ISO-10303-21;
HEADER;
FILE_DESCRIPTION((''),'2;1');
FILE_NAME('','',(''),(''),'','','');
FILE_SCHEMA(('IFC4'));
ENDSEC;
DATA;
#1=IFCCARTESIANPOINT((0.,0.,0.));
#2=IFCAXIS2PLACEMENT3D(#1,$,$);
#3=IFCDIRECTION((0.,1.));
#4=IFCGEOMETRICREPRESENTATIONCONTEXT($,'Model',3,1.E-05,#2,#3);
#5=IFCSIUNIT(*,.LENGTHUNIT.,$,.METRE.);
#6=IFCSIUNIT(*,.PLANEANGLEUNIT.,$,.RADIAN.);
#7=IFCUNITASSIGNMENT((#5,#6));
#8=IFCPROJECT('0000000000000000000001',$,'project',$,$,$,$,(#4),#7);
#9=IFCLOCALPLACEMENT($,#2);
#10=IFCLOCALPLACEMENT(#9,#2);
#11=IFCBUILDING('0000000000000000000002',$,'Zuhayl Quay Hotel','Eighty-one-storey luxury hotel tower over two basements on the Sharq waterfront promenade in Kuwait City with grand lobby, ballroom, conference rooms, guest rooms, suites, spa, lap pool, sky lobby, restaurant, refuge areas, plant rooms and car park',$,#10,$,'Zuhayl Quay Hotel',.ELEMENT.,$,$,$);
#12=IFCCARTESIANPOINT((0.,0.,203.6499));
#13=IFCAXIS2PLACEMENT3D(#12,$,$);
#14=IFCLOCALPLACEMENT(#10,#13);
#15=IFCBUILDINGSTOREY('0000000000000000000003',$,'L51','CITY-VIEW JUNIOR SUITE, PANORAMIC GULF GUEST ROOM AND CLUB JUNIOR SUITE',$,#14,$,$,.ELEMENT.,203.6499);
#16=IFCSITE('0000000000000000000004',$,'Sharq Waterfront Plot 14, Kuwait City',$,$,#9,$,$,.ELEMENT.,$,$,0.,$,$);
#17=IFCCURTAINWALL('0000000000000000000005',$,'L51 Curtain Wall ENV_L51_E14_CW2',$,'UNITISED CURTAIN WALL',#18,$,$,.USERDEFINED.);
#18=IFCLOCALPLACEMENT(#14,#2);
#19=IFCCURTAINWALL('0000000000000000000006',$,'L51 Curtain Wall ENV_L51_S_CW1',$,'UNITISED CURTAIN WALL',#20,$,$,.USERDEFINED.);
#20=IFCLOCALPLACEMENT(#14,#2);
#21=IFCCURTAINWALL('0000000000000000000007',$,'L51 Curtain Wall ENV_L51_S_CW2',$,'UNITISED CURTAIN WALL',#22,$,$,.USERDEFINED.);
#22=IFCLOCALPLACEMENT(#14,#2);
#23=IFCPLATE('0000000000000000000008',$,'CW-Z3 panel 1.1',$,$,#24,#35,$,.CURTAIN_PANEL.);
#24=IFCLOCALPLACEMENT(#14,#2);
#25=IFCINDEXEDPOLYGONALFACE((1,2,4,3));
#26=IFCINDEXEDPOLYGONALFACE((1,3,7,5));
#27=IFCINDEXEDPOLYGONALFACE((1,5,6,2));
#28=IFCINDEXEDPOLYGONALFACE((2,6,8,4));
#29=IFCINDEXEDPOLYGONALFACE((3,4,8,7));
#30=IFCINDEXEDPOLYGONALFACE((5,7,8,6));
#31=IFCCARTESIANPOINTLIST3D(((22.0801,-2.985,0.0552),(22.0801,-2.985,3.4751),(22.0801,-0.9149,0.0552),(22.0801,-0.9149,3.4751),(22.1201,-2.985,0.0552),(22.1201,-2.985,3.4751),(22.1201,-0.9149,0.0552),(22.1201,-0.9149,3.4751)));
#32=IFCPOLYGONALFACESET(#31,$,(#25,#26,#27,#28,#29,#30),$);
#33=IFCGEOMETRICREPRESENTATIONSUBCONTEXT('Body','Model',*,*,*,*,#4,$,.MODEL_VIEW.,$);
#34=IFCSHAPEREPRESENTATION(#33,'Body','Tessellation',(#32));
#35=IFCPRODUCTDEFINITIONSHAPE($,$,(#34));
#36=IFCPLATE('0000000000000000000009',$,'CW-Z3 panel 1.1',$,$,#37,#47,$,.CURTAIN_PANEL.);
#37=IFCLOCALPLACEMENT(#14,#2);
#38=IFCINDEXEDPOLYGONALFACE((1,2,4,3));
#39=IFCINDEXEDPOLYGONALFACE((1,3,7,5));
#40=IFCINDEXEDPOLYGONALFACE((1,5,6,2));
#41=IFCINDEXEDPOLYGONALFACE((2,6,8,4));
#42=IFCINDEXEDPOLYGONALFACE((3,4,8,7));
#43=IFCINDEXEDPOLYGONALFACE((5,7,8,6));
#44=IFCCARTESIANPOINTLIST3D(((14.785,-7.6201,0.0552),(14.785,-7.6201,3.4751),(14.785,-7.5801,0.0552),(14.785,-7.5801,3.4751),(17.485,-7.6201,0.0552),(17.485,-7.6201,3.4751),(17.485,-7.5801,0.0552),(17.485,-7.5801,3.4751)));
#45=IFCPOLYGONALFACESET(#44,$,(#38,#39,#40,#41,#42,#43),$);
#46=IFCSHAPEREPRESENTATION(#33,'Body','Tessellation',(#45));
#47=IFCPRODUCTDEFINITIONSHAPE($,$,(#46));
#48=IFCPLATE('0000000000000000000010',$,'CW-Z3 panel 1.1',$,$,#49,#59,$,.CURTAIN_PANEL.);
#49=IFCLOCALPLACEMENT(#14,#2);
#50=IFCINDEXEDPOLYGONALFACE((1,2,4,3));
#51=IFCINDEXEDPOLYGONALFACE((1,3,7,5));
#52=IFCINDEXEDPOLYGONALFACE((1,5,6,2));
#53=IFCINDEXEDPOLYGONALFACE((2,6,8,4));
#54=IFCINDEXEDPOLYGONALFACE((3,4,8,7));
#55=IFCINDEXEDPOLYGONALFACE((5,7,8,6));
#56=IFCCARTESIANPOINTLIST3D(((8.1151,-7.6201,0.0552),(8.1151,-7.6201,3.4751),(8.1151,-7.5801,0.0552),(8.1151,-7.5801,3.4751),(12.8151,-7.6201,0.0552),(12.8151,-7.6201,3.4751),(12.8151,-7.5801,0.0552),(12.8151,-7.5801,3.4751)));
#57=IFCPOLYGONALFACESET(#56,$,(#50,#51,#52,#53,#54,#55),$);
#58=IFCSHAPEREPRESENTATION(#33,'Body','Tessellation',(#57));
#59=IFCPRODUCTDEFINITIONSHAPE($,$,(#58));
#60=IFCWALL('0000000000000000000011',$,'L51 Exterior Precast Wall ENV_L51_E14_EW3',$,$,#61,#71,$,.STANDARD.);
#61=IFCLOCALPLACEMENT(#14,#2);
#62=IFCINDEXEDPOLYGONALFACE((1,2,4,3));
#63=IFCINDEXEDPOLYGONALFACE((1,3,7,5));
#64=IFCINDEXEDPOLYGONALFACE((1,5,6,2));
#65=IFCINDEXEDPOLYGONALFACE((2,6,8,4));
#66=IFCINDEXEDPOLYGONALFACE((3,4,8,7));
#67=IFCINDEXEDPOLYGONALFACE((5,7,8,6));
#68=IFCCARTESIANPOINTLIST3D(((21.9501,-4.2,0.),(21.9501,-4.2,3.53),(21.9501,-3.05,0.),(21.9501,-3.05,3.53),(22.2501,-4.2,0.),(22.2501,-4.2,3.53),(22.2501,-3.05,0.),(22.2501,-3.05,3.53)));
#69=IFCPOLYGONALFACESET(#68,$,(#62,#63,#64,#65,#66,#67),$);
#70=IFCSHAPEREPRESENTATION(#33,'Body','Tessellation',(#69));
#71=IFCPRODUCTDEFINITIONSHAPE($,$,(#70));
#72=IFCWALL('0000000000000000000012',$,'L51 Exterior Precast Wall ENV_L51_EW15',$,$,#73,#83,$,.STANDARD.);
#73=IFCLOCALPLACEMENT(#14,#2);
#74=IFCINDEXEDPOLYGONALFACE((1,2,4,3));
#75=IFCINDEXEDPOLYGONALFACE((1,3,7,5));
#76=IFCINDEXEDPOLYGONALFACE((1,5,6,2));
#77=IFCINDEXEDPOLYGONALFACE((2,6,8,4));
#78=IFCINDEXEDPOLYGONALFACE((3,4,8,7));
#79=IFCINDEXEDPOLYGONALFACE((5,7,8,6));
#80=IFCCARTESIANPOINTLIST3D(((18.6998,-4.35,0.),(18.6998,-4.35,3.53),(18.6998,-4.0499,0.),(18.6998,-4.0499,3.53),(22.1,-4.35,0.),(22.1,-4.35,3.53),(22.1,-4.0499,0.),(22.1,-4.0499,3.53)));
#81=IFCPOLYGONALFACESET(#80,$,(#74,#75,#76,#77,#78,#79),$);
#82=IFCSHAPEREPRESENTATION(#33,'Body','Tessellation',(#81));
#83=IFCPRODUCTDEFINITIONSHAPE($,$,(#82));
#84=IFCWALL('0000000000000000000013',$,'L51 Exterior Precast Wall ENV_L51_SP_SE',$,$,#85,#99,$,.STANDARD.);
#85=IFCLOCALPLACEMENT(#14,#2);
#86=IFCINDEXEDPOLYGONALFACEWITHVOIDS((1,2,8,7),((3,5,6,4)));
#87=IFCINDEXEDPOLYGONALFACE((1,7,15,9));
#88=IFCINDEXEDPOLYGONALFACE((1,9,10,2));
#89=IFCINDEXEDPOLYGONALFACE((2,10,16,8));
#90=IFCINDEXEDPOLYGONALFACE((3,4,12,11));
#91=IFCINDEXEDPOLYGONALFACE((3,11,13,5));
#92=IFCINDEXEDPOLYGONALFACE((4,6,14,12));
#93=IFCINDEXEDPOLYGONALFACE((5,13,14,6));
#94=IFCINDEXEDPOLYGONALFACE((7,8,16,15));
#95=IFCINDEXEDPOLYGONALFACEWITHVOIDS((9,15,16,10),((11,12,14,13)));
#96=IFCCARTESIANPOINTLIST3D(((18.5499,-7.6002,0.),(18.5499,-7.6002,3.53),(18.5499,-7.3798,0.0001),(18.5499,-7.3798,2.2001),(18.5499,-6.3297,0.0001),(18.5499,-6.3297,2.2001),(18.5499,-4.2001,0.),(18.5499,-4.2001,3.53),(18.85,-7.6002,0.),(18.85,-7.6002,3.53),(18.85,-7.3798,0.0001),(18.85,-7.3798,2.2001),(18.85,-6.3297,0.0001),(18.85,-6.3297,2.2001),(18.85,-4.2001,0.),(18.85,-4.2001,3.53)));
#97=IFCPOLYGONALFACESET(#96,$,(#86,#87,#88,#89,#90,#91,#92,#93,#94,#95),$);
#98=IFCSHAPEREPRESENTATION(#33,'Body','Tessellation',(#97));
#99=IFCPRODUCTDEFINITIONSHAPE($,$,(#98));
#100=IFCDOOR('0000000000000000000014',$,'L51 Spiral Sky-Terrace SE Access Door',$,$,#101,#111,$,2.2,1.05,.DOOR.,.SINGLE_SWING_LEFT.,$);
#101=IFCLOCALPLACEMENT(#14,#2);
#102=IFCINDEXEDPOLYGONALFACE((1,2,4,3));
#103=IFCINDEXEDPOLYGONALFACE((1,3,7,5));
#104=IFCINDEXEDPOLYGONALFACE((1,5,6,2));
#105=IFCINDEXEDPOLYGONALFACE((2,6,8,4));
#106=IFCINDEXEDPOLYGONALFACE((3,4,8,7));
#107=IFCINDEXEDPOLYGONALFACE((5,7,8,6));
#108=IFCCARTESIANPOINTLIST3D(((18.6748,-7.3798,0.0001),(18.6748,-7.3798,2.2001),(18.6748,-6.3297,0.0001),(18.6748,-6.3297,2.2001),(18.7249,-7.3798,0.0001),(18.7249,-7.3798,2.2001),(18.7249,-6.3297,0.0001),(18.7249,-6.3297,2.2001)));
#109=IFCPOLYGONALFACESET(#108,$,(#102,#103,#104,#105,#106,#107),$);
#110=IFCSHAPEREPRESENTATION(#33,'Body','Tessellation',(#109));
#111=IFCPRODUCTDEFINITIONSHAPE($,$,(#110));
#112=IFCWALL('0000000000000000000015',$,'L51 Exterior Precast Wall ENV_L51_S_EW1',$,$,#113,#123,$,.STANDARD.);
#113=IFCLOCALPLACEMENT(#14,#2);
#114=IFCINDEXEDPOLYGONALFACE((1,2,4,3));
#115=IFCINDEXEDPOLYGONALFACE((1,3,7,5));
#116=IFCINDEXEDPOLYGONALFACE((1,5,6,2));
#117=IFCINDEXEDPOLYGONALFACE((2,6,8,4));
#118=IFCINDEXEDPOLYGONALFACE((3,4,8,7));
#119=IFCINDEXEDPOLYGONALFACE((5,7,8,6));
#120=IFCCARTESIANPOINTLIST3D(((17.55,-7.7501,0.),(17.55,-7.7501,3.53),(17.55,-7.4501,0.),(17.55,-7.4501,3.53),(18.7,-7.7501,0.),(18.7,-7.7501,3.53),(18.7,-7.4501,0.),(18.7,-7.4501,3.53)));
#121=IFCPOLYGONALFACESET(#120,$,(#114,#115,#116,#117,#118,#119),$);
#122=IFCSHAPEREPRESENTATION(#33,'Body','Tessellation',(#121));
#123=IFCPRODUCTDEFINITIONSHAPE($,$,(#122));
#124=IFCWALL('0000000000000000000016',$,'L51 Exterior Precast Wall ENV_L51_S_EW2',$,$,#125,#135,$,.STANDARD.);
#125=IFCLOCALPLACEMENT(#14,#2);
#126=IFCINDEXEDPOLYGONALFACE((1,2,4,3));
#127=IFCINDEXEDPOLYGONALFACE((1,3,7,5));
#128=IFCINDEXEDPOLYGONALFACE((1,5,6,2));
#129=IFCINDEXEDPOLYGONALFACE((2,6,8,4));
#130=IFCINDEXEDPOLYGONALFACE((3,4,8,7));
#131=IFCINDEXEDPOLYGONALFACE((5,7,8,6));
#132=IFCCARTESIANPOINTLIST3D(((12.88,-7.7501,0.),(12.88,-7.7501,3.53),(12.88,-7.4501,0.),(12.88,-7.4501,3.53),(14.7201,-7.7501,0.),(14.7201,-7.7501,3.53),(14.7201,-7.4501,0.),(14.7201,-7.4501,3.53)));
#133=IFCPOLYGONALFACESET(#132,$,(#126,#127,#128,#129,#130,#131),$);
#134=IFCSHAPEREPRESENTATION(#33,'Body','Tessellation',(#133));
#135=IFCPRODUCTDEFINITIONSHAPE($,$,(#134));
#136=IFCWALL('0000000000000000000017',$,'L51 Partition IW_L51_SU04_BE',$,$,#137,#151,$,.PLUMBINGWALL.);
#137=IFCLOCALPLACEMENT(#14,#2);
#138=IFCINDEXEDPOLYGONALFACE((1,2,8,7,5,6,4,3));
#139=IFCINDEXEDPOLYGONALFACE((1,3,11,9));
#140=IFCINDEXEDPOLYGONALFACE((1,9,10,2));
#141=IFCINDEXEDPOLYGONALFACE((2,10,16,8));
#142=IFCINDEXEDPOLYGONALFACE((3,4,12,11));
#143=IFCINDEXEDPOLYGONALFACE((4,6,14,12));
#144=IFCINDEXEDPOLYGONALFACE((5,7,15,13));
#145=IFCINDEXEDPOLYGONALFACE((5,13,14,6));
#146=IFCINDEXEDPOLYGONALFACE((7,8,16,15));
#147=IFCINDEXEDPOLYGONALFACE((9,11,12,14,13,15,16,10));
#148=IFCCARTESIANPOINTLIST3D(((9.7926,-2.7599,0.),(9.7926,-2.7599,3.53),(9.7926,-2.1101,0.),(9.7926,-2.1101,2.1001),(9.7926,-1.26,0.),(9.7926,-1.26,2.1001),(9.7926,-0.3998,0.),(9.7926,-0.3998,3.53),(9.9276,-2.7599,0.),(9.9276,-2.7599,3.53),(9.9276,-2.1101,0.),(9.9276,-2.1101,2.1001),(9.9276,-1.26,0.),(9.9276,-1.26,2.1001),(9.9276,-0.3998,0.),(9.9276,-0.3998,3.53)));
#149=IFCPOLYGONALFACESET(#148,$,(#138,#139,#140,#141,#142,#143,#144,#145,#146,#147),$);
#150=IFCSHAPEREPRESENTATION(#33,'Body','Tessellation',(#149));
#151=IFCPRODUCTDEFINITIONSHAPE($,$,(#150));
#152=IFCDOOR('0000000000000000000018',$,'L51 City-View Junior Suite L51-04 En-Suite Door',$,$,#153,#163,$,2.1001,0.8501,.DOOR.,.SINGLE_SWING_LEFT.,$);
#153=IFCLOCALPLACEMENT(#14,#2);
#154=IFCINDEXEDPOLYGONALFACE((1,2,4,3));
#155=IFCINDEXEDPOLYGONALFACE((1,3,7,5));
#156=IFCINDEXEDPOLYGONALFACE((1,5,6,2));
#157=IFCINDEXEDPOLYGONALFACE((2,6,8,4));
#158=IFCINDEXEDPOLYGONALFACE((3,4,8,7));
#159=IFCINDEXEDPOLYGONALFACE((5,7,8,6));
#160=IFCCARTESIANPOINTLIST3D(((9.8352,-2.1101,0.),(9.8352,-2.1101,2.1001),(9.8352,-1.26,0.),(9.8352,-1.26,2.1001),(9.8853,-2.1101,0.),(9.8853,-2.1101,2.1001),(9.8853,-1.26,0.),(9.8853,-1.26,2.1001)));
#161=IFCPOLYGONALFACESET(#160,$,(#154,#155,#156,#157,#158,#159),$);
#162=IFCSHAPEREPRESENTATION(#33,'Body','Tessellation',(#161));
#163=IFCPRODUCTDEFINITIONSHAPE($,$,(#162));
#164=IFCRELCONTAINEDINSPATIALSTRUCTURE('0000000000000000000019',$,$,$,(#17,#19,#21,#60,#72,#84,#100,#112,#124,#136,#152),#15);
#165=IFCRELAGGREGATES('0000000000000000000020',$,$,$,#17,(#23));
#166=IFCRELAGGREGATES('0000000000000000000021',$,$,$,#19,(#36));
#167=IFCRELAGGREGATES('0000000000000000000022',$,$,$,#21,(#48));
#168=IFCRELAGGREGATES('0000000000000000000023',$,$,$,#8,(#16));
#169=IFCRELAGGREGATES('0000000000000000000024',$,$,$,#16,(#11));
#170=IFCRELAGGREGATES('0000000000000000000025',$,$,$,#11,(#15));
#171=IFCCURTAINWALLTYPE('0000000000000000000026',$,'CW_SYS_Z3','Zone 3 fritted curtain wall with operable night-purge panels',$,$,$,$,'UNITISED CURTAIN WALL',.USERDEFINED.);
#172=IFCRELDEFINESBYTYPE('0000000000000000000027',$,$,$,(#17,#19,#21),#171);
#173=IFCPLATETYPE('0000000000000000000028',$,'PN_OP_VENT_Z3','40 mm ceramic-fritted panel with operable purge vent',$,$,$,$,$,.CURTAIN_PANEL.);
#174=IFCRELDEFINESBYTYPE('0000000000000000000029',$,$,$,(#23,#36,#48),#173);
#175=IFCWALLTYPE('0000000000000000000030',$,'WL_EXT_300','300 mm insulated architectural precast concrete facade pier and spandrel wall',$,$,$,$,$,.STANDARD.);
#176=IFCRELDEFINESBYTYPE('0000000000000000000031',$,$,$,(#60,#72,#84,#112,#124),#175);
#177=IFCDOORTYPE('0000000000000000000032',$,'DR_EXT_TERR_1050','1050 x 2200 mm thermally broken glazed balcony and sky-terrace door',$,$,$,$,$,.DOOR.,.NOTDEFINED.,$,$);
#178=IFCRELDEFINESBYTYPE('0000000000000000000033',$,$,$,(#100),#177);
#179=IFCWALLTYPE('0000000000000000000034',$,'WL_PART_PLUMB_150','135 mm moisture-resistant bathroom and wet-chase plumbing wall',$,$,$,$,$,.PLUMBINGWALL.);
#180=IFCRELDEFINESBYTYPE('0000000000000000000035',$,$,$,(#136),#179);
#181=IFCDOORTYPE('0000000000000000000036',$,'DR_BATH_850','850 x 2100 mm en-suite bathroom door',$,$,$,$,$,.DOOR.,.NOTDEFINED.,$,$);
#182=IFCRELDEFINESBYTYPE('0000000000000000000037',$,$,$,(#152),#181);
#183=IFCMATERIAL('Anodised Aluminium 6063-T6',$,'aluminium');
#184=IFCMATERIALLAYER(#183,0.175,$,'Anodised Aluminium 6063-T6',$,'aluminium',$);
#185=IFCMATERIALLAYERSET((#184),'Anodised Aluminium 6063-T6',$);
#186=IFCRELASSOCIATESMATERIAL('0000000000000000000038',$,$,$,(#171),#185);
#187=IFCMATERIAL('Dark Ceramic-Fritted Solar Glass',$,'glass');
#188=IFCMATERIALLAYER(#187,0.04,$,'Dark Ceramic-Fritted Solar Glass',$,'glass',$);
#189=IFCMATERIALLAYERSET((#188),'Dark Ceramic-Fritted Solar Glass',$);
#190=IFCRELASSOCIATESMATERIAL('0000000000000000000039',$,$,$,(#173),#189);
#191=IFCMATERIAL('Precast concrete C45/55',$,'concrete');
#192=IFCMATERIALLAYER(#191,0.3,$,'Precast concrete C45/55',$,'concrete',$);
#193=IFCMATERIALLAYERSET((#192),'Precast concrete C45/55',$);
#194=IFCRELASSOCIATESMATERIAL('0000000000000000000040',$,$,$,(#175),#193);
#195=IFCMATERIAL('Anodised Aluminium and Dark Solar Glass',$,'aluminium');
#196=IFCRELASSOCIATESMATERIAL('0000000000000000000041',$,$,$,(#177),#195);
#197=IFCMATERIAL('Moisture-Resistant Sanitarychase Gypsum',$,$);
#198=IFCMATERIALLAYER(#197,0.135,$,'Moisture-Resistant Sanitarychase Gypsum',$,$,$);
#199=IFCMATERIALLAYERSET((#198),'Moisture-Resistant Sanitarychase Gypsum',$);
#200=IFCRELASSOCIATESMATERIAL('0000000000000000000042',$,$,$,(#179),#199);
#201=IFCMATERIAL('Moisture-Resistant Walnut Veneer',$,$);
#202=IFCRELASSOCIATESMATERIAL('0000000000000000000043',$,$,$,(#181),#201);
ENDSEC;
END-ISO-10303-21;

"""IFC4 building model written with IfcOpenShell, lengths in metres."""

from ifc_helpers import new_model, si_unit, direction, frame, frame_2d, origin, origin_2d, place, context, subcontext, project, spatial, rectangle, extrude, material, layer, layer_set, type_object, element, fill, aggregate, save


model = new_model("IFC4")

# Units and contexts
model_context = context("Model", 3, precision=1e-05, world=origin(), true_north=direction((0.0, 1.0)))
body_context = subcontext(model_context, "Body", "Model", "MODEL_VIEW")
ifc_project = project(units=[si_unit("LENGTHUNIT", "METRE"), si_unit("PLANEANGLEUNIT", "RADIAN")], contexts=[model_context])

# Site, building, storey
site_placement = place(None, origin())
site = spatial("IfcSite", under=ifc_project, at=site_placement, Name="Sharq Waterfront Plot 14, Kuwait City", CompositionType="ELEMENT", RefElevation=0.0)
building_placement = place(site_placement, origin())
building = spatial("IfcBuilding", under=site, at=building_placement, Name="Zuhayl Quay Hotel", Description="Eighty-one-storey luxury hotel tower over two basements on the Sharq waterfront promenade in Kuwait City with grand lobby, ballroom, conference rooms, guest rooms, suites, spa, lap pool, sky lobby, restaurant, refuge areas, plant rooms and car park", LongName="Zuhayl Quay Hotel", CompositionType="ELEMENT")
storey_placement = place(building_placement, frame((0.0, 0.0, 203.6499)))
storey = spatial("IfcBuildingStorey", under=building, at=storey_placement, Name="L51", Description="CITY-VIEW JUNIOR SUITE, PANORAMIC GULF GUEST ROOM AND CLUB JUNIOR SUITE", CompositionType="ELEMENT", Elevation=203.6499)

# Curtain wall
ifc_material_1 = material(Name="Anodised Aluminium 6063-T6", Category="aluminium")
ifc_layer_1 = layer(ifc_material_1, 0.175, Name="Anodised Aluminium 6063-T6", Category="aluminium")
ifc_layer_set_1 = layer_set([ifc_layer_1], Name="Anodised Aluminium 6063-T6")
curtain_wall_type = type_object("IfcCurtainWallType", Name="CW_SYS_Z3", Description="Zone 3 fritted curtain wall with operable night-purge panels", ElementType="UNITISED CURTAIN WALL", PredefinedType="USERDEFINED", material=ifc_layer_set_1)
curtain_wall_1_placement = place(storey_placement, origin())
curtain_wall_1 = element("IfcCurtainWall", 1, at=curtain_wall_1_placement, inside=storey, type_object=curtain_wall_type, Name="L51 Curtain Wall ENV_L51_E14_CW2", ObjectType="UNITISED CURTAIN WALL", PredefinedType="USERDEFINED")

# Curtain wall
curtain_wall_2_placement = place(storey_placement, origin())
curtain_wall_2 = element("IfcCurtainWall", 2, at=curtain_wall_2_placement, inside=storey, type_object=curtain_wall_type, Name="L51 Curtain Wall ENV_L51_S_CW1", ObjectType="UNITISED CURTAIN WALL", PredefinedType="USERDEFINED")

# Curtain wall
curtain_wall_3_placement = place(storey_placement, origin())
curtain_wall_3 = element("IfcCurtainWall", 3, at=curtain_wall_3_placement, inside=storey, type_object=curtain_wall_type, Name="L51 Curtain Wall ENV_L51_S_CW2", ObjectType="UNITISED CURTAIN WALL", PredefinedType="USERDEFINED")

# Plates
ifc_material_2 = material(Name="Dark Ceramic-Fritted Solar Glass", Category="glass")
ifc_layer_2 = layer(ifc_material_2, 0.04, Name="Dark Ceramic-Fritted Solar Glass", Category="glass")
ifc_layer_set_2 = layer_set([ifc_layer_2], Name="Dark Ceramic-Fritted Solar Glass")
plate_type = type_object("IfcPlateType", Name="PN_OP_VENT_Z3", Description="40 mm ceramic-fritted panel with operable purge vent", PredefinedType="CURTAIN_PANEL", material=ifc_layer_set_2)
plate_1_placement = place(storey_placement, frame((22.1001, -1.95, 0.0552), z_axis=(0.0, 0.0, 1.0), x_axis=(0.0, -1.0, 0.0)))
plate_1 = element("IfcPlate", 4, at=plate_1_placement, type_object=plate_type, Name="CW-Z3 panel 1.1", PredefinedType="CURTAIN_PANEL", context=body_context, shape_type="SweptSolid", body=[
    extrude(rectangle(XDim=2.0701, YDim=0.04, at=origin_2d()), origin(), (0.0, 0.0, 1.0), 3.4199),
])
aggregate(curtain_wall_1, [plate_1])
plate_2_placement = place(storey_placement, frame((16.135, -7.6001, 0.0552), z_axis=(0.0, 0.0, 1.0), x_axis=(-1.0, 0.0, 0.0)))
plate_2 = element("IfcPlate", 5, at=plate_2_placement, type_object=plate_type, Name="CW-Z3 panel 1.1", PredefinedType="CURTAIN_PANEL", context=body_context, shape_type="SweptSolid", body=[
    extrude(rectangle(XDim=2.7, YDim=0.04, at=origin_2d()), origin(), (0.0, 0.0, 1.0), 3.4199),
])
aggregate(curtain_wall_2, [plate_2])
plate_3_placement = place(storey_placement, frame((10.4651, -7.6001, 0.0552), z_axis=(0.0, 0.0, 1.0), x_axis=(-1.0, 0.0, 0.0)))
plate_3 = element("IfcPlate", 6, at=plate_3_placement, type_object=plate_type, Name="CW-Z3 panel 1.1", PredefinedType="CURTAIN_PANEL", context=body_context, shape_type="SweptSolid", body=[
    extrude(rectangle(XDim=4.7, YDim=0.04, at=origin_2d()), origin(), (0.0, 0.0, 1.0), 3.4199),
])
aggregate(curtain_wall_3, [plate_3])

# Walls
ifc_material_3 = material(Name="Precast concrete C45/55", Category="concrete")
ifc_layer_3 = layer(ifc_material_3, 0.3, Name="Precast concrete C45/55", Category="concrete")
ifc_layer_set_3 = layer_set([ifc_layer_3], Name="Precast concrete C45/55")
wall_type_1 = type_object("IfcWallType", Name="WL_EXT_300", Description="300 mm insulated architectural precast concrete facade pier and spandrel wall", PredefinedType="STANDARD", material=ifc_layer_set_3)
wall_1_placement = place(storey_placement, frame((22.1001, -3.05, 0.0), z_axis=(0.0, 0.0, 1.0), x_axis=(0.0, -1.0, 0.0)))
element("IfcWall", 7, at=wall_1_placement, inside=storey, type_object=wall_type_1, Name="L51 Exterior Precast Wall ENV_L51_E14_EW3", PredefinedType="STANDARD", context=body_context, shape_type="SweptSolid", body=[
    extrude(rectangle(XDim=1.1499, YDim=0.3, at=frame_2d((0.575, 0.0))), origin(), (0.0, 0.0, 1.0), 3.53),
])
wall_2_placement = place(storey_placement, frame((22.1001, -4.2, 0.0), z_axis=(0.0, 0.0, 1.0), x_axis=(-1.0, 0.0, 0.0)))
element("IfcWall", 8, at=wall_2_placement, inside=storey, type_object=wall_type_1, Name="L51 Exterior Precast Wall ENV_L51_EW15", PredefinedType="STANDARD", context=body_context, shape_type="SweptSolid", body=[
    extrude(rectangle(XDim=3.4001, YDim=0.3, at=frame_2d((1.7002, 0.0))), origin(), (0.0, 0.0, 1.0), 3.53),
])

# Wall, opening, door
wall_3_placement = place(storey_placement, frame((18.7, -4.2, 0.0), z_axis=(0.0, 0.0, 1.0), x_axis=(0.0, -1.0, 0.0)))
wall_3 = element("IfcWall", 9, at=wall_3_placement, inside=storey, type_object=wall_type_1, Name="L51 Exterior Precast Wall ENV_L51_SP_SE", PredefinedType="STANDARD", context=body_context, shape_type="SweptSolid", body=[
    extrude(rectangle(XDim=3.4001, YDim=0.3, at=frame_2d((1.7002, 0.0))), origin(), (0.0, 0.0, 1.0), 3.53),
])
opening_1_placement = place(wall_3_placement, frame((2.1299, 0.0, 0.0)))
opening_1 = element("IfcOpeningElement", 10, at=opening_1_placement, cuts=wall_3, PredefinedType="OPENING", context=body_context, shape_type="SweptSolid", body=[
    extrude(rectangle(XDim=1.05, YDim=2.2, at=frame_2d((0.5249, 1.1001))), frame((0.0, 0.1599, 0.0), z_axis=(0.0, -1.0, 0.0), x_axis=(1.0, 0.0, 0.0)), (0.0, 0.0, 1.0), 0.3201),
])
ifc_material_4 = material(Name="Anodised Aluminium and Dark Solar Glass", Category="aluminium")
door_type_1 = type_object("IfcDoorType", Name="DR_EXT_TERR_1050", Description="1050 x 2200 mm thermally broken glazed balcony and sky-terrace door", OperationType="NOTDEFINED", PredefinedType="DOOR", material=ifc_material_4)
door_1_placement = place(opening_1_placement, origin())
door_1 = element("IfcDoor", 11, at=door_1_placement, inside=storey, type_object=door_type_1, Name="L51 Spiral Sky-Terrace SE Access Door", OperationType="SINGLE_SWING_LEFT", OverallHeight=2.2, OverallWidth=1.05, PredefinedType="DOOR", context=body_context, shape_type="SweptSolid", body=[
    extrude(rectangle(XDim=1.05, YDim=2.2, at=frame_2d((0.5249, 1.1001))), frame((0.0, 0.0249, 0.0), z_axis=(0.0, -1.0, 0.0), x_axis=(1.0, 0.0, 0.0)), (0.0, 0.0, 1.0), 0.05),
])
fill(opening_1, door_1)

# Walls
wall_4_placement = place(storey_placement, frame((18.7, -7.6001, 0.0), z_axis=(0.0, 0.0, 1.0), x_axis=(-1.0, 0.0, 0.0)))
element("IfcWall", 12, at=wall_4_placement, inside=storey, type_object=wall_type_1, Name="L51 Exterior Precast Wall ENV_L51_S_EW1", PredefinedType="STANDARD", context=body_context, shape_type="SweptSolid", body=[
    extrude(rectangle(XDim=1.1499, YDim=0.3, at=frame_2d((0.575, 0.0))), origin(), (0.0, 0.0, 1.0), 3.53),
])
wall_5_placement = place(storey_placement, frame((14.72, -7.6001, 0.0), z_axis=(0.0, 0.0, 1.0), x_axis=(-1.0, 0.0, 0.0)))
element("IfcWall", 13, at=wall_5_placement, inside=storey, type_object=wall_type_1, Name="L51 Exterior Precast Wall ENV_L51_S_EW2", PredefinedType="STANDARD", context=body_context, shape_type="SweptSolid", body=[
    extrude(rectangle(XDim=1.8401, YDim=0.3, at=frame_2d((0.9199, 0.0))), origin(), (0.0, 0.0, 1.0), 3.53),
])

# Wall, opening, door
ifc_material_5 = material(Name="Moisture-Resistant Sanitarychase Gypsum")
ifc_layer_4 = layer(ifc_material_5, 0.135, Name="Moisture-Resistant Sanitarychase Gypsum")
ifc_layer_set_4 = layer_set([ifc_layer_4], Name="Moisture-Resistant Sanitarychase Gypsum")
wall_type_2 = type_object("IfcWallType", Name="WL_PART_PLUMB_150", Description="135 mm moisture-resistant bathroom and wet-chase plumbing wall", PredefinedType="PLUMBINGWALL", material=ifc_layer_set_4)
wall_6_placement = place(storey_placement, frame((9.8601, -2.76, 0.0), z_axis=(0.0, 0.0, 1.0), x_axis=(0.0, 1.0, 0.0)))
wall_6 = element("IfcWall", 14, at=wall_6_placement, inside=storey, type_object=wall_type_2, Name="L51 Partition IW_L51_SU04_BE", PredefinedType="PLUMBINGWALL", context=body_context, shape_type="SweptSolid", body=[
    extrude(rectangle(XDim=2.3601, YDim=0.135, at=frame_2d((1.1802, 0.0))), origin(), (0.0, 0.0, 1.0), 3.53),
])
opening_2_placement = place(wall_6_placement, frame((0.6499, 0.0, 0.0)))
opening_2 = element("IfcOpeningElement", 15, at=opening_2_placement, cuts=wall_6, PredefinedType="OPENING", context=body_context, shape_type="SweptSolid", body=[
    extrude(rectangle(XDim=0.8501, YDim=2.1001, at=frame_2d((0.425, 1.05))), frame((0.0, 0.0774, 0.0), z_axis=(0.0, -1.0, 0.0), x_axis=(1.0, 0.0, 0.0)), (0.0, 0.0, 1.0), 0.155),
])
ifc_material_6 = material(Name="Moisture-Resistant Walnut Veneer")
door_type_2 = type_object("IfcDoorType", Name="DR_BATH_850", Description="850 x 2100 mm en-suite bathroom door", OperationType="NOTDEFINED", PredefinedType="DOOR", material=ifc_material_6)
door_2_placement = place(opening_2_placement, origin())
door_2 = element("IfcDoor", 16, at=door_2_placement, inside=storey, type_object=door_type_2, Name="L51 City-View Junior Suite L51-04 En-Suite Door", OperationType="SINGLE_SWING_LEFT", OverallHeight=2.1001, OverallWidth=0.8501, PredefinedType="DOOR", context=body_context, shape_type="SweptSolid", body=[
    extrude(rectangle(XDim=0.8501, YDim=2.1001, at=frame_2d((0.425, 1.05))), frame((0.0, 0.0249, 0.0), z_axis=(0.0, -1.0, 0.0), x_axis=(1.0, 0.0, 0.0)), (0.0, 0.0, 1.0), 0.05),
])
fill(opening_2, door_2)

save(model, "model.ifc")
